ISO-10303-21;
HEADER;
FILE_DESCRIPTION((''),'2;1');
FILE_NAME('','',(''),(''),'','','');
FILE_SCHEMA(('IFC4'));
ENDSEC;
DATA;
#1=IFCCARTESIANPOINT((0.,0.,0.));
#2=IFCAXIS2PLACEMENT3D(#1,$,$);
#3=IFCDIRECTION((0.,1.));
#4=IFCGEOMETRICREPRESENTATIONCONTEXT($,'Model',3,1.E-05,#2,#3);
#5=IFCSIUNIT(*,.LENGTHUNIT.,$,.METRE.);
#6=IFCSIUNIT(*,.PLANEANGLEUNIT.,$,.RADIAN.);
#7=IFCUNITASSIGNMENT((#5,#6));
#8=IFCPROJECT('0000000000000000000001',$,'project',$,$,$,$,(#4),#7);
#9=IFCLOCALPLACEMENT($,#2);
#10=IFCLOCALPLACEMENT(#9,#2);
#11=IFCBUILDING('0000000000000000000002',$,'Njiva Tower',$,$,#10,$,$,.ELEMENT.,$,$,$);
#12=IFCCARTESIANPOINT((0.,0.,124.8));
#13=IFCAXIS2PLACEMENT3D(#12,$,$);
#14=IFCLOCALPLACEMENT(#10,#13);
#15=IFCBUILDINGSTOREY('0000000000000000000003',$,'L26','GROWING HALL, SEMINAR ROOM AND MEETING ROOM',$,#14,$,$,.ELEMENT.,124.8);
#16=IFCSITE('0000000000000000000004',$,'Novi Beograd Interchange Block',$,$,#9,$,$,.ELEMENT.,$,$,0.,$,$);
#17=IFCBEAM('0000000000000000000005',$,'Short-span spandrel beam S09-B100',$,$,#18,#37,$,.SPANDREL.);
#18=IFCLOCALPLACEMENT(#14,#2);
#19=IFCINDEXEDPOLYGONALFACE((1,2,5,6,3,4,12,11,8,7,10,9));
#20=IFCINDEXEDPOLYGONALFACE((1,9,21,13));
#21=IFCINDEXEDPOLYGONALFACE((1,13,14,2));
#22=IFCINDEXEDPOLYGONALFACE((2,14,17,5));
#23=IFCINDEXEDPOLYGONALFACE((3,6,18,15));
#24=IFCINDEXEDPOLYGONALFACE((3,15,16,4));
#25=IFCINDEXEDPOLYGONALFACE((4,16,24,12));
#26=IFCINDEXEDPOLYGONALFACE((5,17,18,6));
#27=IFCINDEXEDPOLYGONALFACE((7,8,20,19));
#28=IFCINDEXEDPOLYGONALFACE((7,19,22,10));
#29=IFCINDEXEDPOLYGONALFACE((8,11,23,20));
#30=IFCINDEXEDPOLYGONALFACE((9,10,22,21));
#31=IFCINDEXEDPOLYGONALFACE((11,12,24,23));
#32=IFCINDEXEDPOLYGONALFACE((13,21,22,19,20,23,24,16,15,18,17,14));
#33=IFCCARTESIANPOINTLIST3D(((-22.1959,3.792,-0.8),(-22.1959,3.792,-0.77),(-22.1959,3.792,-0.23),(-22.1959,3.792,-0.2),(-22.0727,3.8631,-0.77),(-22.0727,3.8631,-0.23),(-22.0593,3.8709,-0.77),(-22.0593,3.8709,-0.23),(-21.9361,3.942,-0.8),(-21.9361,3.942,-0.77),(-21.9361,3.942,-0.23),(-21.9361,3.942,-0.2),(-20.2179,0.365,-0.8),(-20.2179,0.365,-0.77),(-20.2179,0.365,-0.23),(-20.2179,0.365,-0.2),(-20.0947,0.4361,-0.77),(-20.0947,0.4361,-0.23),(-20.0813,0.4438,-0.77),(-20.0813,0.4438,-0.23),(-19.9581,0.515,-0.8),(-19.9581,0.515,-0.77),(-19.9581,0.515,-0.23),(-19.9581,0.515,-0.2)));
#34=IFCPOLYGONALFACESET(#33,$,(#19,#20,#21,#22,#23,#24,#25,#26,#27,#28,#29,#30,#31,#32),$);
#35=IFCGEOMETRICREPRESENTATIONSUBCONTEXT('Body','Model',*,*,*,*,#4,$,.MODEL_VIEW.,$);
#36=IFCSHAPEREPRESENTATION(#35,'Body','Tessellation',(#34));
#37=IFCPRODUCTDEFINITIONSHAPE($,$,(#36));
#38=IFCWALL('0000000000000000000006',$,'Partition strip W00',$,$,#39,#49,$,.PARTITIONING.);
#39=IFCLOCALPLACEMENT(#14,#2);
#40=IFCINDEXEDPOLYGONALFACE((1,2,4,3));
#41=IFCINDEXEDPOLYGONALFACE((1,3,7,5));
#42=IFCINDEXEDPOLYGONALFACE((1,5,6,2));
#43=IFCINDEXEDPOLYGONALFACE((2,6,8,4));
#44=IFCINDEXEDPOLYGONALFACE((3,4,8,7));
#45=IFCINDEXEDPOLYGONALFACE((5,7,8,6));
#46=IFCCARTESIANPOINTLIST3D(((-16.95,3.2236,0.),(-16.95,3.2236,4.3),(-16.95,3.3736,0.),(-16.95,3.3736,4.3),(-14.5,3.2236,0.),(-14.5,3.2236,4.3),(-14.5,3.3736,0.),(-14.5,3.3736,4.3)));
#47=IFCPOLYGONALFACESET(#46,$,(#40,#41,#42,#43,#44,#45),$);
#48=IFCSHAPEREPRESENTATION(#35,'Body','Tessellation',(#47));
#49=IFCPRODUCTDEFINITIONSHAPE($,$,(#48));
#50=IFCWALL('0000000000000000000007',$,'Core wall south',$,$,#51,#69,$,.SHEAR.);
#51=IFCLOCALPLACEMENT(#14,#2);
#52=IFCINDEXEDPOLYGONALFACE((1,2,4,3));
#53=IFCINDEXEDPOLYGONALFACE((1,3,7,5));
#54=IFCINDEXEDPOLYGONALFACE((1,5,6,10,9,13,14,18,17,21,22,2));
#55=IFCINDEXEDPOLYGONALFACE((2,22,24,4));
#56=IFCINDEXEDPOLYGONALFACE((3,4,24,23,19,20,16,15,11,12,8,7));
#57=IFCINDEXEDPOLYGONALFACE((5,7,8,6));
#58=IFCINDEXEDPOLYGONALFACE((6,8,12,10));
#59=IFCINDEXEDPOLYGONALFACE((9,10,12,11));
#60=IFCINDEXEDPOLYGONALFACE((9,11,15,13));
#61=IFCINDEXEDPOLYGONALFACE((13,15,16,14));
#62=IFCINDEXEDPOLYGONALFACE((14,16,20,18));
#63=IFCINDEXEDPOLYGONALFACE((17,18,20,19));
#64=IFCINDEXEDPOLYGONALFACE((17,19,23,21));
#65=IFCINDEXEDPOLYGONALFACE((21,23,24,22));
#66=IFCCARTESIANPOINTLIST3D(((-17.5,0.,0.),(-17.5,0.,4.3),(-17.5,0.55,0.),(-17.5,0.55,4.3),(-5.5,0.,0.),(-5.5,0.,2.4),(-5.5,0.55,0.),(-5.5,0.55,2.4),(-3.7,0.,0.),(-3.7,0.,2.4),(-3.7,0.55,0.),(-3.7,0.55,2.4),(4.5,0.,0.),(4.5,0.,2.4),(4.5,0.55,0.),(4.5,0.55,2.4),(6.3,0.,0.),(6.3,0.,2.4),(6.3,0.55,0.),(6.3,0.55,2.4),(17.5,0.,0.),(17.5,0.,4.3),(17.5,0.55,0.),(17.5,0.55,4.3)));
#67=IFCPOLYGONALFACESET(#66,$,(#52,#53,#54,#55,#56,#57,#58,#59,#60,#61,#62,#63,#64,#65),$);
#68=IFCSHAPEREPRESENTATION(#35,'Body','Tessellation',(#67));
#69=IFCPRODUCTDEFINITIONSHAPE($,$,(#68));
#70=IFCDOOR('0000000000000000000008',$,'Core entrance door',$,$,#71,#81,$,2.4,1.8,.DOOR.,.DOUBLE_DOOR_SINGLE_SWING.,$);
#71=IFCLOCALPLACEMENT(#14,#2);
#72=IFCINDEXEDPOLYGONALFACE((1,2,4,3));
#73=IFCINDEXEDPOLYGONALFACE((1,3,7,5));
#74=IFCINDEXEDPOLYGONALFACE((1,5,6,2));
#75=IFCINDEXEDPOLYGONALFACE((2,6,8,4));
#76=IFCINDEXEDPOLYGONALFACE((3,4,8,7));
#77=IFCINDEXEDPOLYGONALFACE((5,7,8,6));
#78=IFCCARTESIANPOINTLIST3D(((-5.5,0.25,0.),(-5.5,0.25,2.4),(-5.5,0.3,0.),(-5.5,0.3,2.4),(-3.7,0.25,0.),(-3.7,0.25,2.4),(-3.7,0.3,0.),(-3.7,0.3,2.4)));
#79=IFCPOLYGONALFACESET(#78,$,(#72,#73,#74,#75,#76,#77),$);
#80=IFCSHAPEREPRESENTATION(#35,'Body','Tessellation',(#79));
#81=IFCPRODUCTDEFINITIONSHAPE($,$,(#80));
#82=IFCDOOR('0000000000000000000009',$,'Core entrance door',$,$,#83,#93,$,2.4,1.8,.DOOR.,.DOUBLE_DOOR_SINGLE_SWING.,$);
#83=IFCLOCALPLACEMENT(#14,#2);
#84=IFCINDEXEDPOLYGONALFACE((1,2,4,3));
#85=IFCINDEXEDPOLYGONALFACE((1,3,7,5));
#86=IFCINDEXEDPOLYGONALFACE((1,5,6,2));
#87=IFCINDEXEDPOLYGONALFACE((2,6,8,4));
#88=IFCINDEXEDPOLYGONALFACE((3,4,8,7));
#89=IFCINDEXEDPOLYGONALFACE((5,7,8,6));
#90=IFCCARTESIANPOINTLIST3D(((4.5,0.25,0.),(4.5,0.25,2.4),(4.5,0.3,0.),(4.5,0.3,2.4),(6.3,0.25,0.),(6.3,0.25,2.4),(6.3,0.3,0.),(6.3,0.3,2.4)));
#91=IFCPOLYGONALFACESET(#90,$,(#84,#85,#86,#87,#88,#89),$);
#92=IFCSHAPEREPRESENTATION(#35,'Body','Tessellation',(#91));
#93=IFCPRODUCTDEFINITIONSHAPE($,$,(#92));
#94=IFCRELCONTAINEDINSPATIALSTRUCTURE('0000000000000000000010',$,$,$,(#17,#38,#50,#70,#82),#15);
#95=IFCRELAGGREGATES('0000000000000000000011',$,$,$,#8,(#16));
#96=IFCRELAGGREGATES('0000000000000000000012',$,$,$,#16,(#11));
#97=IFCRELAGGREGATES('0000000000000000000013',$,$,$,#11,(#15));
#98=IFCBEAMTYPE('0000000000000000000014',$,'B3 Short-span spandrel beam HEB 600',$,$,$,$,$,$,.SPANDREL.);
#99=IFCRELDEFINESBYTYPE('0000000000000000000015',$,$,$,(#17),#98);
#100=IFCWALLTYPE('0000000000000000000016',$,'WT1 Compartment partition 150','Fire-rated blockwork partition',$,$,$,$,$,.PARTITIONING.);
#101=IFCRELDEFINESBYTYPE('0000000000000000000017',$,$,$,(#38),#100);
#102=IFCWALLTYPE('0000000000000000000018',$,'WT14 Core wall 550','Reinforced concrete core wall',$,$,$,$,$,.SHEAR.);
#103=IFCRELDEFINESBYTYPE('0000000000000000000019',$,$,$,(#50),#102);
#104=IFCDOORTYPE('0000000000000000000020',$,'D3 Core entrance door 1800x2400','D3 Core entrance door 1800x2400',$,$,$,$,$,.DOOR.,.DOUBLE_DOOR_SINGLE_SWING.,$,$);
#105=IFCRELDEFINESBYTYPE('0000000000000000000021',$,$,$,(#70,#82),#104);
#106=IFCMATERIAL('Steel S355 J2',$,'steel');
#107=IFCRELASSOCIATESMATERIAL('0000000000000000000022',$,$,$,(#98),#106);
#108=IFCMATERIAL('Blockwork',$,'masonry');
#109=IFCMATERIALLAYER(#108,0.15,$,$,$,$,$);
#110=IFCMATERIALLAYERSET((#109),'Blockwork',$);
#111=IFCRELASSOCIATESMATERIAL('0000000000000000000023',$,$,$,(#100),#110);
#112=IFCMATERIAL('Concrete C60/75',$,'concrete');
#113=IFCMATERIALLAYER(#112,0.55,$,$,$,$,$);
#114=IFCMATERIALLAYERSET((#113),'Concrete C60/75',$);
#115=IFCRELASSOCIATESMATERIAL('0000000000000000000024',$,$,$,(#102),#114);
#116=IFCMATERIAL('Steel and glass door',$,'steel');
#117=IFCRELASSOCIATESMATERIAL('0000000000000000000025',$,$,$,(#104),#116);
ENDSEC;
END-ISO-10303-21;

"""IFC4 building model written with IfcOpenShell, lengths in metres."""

from ifc_helpers import new_model, si_unit, direction, frame, frame_2d, origin, origin_2d, place, context, subcontext, project, spatial, rectangle, i_section, extrude, material, layer, layer_set, material_profile, profile_set, type_object, element, fill, save


model = new_model("IFC4")

# Units and contexts
model_context = context("Model", 3, precision=1e-05, world=origin(), true_north=direction((0.0, 1.0)))
body_context = subcontext(model_context, "Body", "Model", "MODEL_VIEW")
ifc_project = project(units=[si_unit("LENGTHUNIT", "METRE"), si_unit("PLANEANGLEUNIT", "RADIAN")], contexts=[model_context])

# Site, building, storey
site_placement = place(None, origin())
site = spatial("IfcSite", under=ifc_project, at=site_placement, Name="Novi Beograd Interchange Block", CompositionType="ELEMENT", RefElevation=0.0)
building_placement = place(site_placement, origin())
building = spatial("IfcBuilding", under=site, at=building_placement, Name="Njiva Tower", CompositionType="ELEMENT")
storey_placement = place(building_placement, frame((0.0, 0.0, 124.8)))
storey = spatial("IfcBuildingStorey", under=building, at=storey_placement, Name="L26", Description="GROWING HALL, SEMINAR ROOM AND MEETING ROOM", CompositionType="ELEMENT", Elevation=124.8)

# Shared definitions
ifc_material_1 = material(Name="Steel S355 J2", Category="steel")

# Beam
ifc_material_profile_1 = material_profile(ifc_material_1, i_section(OverallWidth=0.3, OverallDepth=0.6, WebThickness=0.0155, FlangeThickness=0.03, at=origin_2d()), Name="HEB 600")
ifc_profile_set_1 = profile_set([ifc_material_profile_1], Name="Steel S355 J2")
beam_type_1 = type_object("IfcBeamType", Name="B3 Short-span spandrel beam HEB 600", PredefinedType="SPANDREL", material=ifc_profile_set_1)
beam_1_placement = place(storey_placement, frame((-22.066, 3.867, -0.5), z_axis=(0.49989, -0.866089, 0.0), x_axis=(0.866089, 0.49989, 0.0)))
element("IfcBeam", 1, at=beam_1_placement, inside=storey, type_object=beam_type_1, Name="Short-span spandrel beam S09-B100", PredefinedType="SPANDREL", context=body_context, shape_type="SweptSolid", body=[
    extrude(i_section(OverallWidth=0.3, OverallDepth=0.6, WebThickness=0.0155, FlangeThickness=0.03, at=origin_2d()), origin(), (0.0, 0.0, 1.0), 3.9569),
])

# Wall
ifc_material_2 = material(Name="Blockwork", Category="masonry")
ifc_layer_1 = layer(ifc_material_2, 0.15)
ifc_layer_set_1 = layer_set([ifc_layer_1], Name="Blockwork")
wall_type_1 = type_object("IfcWallType", Name="WT1 Compartment partition 150", Description="Fire-rated blockwork partition", PredefinedType="PARTITIONING", material=ifc_layer_set_1)
wall_1_placement = place(storey_placement, frame((-16.95, 3.2986, 0.0), z_axis=(0.0, 0.0, 1.0), x_axis=(1.0, 0.0, 0.0)))
element("IfcWall", 2, at=wall_1_placement, inside=storey, type_object=wall_type_1, Name="Partition strip W00", PredefinedType="PARTITIONING", context=body_context, shape_type="SweptSolid", body=[
    extrude(rectangle(XDim=2.45, YDim=0.15, at=frame_2d((1.225, 0.0))), origin(), (0.0, 0.0, 1.0), 4.3),
])

# Wall, openings, doors
ifc_material_3 = material(Name="Concrete C60/75", Category="concrete")
ifc_layer_2 = layer(ifc_material_3, 0.55)
ifc_layer_set_2 = layer_set([ifc_layer_2], Name="Concrete C60/75")
wall_type_2 = type_object("IfcWallType", Name="WT14 Core wall 550", Description="Reinforced concrete core wall", PredefinedType="SHEAR", material=ifc_layer_set_2)
wall_2_placement = place(storey_placement, frame((-17.5, 0.275, 0.0), z_axis=(0.0, 0.0, 1.0), x_axis=(1.0, 0.0, 0.0)))
wall_2 = element("IfcWall", 3, at=wall_2_placement, inside=storey, type_object=wall_type_2, Name="Core wall south", PredefinedType="SHEAR", context=body_context, shape_type="SweptSolid", body=[
    extrude(rectangle(XDim=35.0, YDim=0.55, at=frame_2d((17.5, 0.0))), origin(), (0.0, 0.0, 1.0), 4.3),
])
opening_1_placement = place(wall_2_placement, frame((12.0, 0.0, 0.0)))
opening_1 = element("IfcOpeningElement", 4, at=opening_1_placement, cuts=wall_2, PredefinedType="OPENING", context=body_context, shape_type="SweptSolid", body=[
    extrude(rectangle(XDim=1.8, YDim=2.4, at=frame_2d((0.9, 1.2))), frame((0.0, 0.285, 0.0), z_axis=(0.0, -1.0, 0.0), x_axis=(1.0, 0.0, 0.0)), (0.0, 0.0, 1.0), 0.57),
])
opening_2_placement = place(wall_2_placement, frame((22.0, 0.0, 0.0)))
opening_2 = element("IfcOpeningElement", 5, at=opening_2_placement, cuts=wall_2, PredefinedType="OPENING", context=body_context, shape_type="SweptSolid", body=[
    extrude(rectangle(XDim=1.8, YDim=2.4, at=frame_2d((0.9, 1.2))), frame((0.0, 0.285, 0.0), z_axis=(0.0, -1.0, 0.0), x_axis=(1.0, 0.0, 0.0)), (0.0, 0.0, 1.0), 0.57),
])
ifc_material_4 = material(Name="Steel and glass door", Category="steel")
door_type_1 = type_object("IfcDoorType", Name="D3 Core entrance door 1800x2400", Description="D3 Core entrance door 1800x2400", OperationType="DOUBLE_DOOR_SINGLE_SWING", PredefinedType="DOOR", material=ifc_material_4)
door_1_placement = place(opening_1_placement, origin())
door_1 = element("IfcDoor", 6, at=door_1_placement, inside=storey, type_object=door_type_1, Name="Core entrance door", OperationType="DOUBLE_DOOR_SINGLE_SWING", OverallHeight=2.4, OverallWidth=1.8, PredefinedType="DOOR", context=body_context, shape_type="SweptSolid", body=[
    extrude(rectangle(XDim=1.8, YDim=2.4, at=frame_2d((0.9, 1.2))), frame((0.0, 0.025, 0.0), z_axis=(0.0, -1.0, 0.0), x_axis=(1.0, 0.0, 0.0)), (0.0, 0.0, 1.0), 0.05),
])
fill(opening_1, door_1)
door_2_placement = place(opening_2_placement, origin())
door_2 = element("IfcDoor", 7, at=door_2_placement, inside=storey, type_object=door_type_1, Name="Core entrance door", OperationType="DOUBLE_DOOR_SINGLE_SWING", OverallHeight=2.4, OverallWidth=1.8, PredefinedType="DOOR", context=body_context, shape_type="SweptSolid", body=[
    extrude(rectangle(XDim=1.8, YDim=2.4, at=frame_2d((0.9, 1.2))), frame((0.0, 0.025, 0.0), z_axis=(0.0, -1.0, 0.0), x_axis=(1.0, 0.0, 0.0)), (0.0, 0.0, 1.0), 0.05),
])
fill(opening_2, door_2)

save(model, "model.ifc")
